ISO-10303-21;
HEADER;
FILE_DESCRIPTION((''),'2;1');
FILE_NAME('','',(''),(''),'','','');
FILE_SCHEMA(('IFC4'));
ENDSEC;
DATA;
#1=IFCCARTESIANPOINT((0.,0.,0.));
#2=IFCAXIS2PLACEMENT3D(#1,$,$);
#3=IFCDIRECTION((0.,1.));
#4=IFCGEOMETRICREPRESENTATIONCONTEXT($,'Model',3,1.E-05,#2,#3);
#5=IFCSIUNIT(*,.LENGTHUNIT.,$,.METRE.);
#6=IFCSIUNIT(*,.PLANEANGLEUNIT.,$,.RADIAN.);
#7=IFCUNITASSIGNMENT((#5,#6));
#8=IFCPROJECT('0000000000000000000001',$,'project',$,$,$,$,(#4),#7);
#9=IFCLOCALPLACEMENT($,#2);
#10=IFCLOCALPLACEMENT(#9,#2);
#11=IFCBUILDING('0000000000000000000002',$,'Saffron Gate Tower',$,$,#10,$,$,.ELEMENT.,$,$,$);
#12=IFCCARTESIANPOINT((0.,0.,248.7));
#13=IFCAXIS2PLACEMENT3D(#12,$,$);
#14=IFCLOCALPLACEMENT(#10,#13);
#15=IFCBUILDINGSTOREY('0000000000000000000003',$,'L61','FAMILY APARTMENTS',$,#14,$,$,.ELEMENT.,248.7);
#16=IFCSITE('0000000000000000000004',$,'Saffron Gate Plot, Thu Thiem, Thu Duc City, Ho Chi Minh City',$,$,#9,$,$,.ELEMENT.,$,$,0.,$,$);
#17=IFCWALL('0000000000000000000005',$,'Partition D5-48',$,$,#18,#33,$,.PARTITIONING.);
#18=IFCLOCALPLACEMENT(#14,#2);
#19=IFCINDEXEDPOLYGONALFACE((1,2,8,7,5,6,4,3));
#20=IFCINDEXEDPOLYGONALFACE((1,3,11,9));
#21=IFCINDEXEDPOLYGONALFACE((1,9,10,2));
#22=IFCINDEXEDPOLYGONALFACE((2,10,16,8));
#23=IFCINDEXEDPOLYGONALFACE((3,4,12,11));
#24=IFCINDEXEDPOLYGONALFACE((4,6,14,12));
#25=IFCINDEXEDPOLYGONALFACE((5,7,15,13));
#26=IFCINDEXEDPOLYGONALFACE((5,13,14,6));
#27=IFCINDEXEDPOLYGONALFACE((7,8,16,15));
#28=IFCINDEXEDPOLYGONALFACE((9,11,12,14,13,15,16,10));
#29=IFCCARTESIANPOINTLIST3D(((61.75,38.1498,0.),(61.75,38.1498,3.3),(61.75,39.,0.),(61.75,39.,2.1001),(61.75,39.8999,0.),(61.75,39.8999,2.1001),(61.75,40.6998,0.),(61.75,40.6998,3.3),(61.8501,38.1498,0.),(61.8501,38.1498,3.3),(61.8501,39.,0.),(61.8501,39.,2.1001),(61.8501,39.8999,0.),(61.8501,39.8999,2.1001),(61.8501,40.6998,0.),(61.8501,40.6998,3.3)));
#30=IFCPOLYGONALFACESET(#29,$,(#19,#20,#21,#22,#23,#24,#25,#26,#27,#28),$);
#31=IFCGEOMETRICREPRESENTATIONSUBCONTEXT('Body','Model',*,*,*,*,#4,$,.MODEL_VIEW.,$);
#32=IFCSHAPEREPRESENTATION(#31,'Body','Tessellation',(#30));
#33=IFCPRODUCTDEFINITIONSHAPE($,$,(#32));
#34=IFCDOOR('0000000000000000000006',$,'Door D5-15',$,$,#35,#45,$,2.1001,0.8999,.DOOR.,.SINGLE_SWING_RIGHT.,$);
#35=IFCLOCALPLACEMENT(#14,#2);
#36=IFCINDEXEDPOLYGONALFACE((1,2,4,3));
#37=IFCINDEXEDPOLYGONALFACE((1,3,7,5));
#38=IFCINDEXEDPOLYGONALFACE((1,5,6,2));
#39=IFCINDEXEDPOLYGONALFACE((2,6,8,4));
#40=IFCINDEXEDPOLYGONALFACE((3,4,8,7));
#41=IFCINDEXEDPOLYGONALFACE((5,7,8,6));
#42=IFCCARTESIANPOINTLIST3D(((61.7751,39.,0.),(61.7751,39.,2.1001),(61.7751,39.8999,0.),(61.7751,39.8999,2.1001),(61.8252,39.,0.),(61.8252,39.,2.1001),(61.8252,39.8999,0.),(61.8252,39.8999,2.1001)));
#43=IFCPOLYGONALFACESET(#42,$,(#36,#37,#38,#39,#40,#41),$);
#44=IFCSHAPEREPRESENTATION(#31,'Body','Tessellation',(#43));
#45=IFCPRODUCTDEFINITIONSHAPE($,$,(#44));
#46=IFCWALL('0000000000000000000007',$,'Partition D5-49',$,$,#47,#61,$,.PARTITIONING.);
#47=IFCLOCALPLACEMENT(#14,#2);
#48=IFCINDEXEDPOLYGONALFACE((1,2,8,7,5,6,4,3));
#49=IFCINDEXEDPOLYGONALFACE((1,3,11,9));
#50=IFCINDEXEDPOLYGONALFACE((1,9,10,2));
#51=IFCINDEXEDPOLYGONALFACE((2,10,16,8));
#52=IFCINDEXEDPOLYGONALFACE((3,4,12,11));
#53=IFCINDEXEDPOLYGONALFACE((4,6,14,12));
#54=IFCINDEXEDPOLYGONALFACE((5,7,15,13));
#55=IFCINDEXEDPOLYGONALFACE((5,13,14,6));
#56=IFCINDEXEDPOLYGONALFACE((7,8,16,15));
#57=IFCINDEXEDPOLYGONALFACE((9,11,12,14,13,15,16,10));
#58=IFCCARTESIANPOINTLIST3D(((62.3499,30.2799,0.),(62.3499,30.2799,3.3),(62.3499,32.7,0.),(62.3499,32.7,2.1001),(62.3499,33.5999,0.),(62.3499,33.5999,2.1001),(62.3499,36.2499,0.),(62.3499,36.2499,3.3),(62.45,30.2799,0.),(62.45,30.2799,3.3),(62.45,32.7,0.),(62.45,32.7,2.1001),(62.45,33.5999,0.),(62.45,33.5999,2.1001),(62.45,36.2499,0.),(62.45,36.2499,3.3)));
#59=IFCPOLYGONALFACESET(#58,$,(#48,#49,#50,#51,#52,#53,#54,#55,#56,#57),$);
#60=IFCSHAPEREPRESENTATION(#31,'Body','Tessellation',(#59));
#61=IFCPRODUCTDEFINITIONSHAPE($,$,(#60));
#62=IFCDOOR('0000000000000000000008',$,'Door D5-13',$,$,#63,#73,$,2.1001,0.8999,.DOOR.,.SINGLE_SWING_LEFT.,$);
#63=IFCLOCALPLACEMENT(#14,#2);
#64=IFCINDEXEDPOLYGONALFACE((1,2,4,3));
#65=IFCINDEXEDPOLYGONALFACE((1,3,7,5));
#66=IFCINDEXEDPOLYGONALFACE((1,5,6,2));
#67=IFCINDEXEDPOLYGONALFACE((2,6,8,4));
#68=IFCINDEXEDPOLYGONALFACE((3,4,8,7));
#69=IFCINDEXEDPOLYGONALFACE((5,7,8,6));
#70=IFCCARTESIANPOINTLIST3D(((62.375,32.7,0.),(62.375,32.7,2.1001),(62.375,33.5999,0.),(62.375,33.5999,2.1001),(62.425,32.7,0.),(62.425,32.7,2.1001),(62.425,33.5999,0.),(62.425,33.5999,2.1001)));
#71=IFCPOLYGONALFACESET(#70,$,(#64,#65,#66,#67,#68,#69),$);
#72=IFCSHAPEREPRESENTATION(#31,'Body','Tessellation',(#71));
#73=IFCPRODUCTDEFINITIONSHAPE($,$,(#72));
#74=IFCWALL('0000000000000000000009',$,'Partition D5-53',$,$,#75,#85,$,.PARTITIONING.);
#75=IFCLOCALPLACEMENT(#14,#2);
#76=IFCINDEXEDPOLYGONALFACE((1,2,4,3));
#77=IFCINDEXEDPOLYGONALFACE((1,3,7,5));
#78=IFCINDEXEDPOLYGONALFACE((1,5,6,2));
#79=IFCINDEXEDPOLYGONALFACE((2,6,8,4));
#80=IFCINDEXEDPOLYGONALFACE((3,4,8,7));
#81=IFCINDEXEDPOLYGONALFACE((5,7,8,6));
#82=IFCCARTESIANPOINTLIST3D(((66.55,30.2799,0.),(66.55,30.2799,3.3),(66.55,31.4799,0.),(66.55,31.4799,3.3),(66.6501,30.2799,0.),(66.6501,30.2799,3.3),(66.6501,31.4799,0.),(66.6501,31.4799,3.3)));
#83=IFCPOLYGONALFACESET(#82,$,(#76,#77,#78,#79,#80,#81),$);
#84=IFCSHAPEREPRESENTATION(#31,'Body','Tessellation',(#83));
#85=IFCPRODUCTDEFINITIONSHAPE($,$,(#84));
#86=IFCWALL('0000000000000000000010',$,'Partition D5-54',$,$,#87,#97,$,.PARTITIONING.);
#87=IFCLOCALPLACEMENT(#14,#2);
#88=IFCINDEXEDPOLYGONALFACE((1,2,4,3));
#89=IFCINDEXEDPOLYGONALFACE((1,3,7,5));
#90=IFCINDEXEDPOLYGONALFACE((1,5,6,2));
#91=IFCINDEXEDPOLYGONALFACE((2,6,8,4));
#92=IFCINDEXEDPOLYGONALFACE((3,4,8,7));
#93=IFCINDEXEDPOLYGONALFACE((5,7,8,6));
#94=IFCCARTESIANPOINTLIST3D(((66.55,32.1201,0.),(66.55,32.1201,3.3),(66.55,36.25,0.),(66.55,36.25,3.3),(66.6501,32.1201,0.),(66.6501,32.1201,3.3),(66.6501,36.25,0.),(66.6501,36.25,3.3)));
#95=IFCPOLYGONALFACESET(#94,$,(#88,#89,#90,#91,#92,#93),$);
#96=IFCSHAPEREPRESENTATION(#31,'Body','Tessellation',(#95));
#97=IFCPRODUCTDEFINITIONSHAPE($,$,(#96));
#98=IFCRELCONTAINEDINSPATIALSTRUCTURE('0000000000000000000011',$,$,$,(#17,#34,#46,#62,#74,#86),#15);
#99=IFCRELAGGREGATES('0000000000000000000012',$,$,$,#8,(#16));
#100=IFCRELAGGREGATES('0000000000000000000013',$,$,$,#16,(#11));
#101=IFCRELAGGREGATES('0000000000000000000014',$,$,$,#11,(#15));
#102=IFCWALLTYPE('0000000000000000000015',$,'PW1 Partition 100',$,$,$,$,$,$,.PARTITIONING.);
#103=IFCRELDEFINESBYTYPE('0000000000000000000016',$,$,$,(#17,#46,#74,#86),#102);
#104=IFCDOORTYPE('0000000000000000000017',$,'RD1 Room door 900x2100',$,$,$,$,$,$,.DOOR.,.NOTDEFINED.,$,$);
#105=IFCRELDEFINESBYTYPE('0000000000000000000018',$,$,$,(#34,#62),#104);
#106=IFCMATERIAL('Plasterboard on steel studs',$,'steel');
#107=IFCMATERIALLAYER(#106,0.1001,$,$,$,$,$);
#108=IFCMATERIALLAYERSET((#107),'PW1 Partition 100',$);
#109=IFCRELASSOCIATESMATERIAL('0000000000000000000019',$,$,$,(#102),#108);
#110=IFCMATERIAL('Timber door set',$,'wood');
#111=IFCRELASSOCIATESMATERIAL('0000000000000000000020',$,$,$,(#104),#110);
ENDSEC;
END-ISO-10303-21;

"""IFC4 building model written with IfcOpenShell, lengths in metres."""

from ifc_helpers import new_model, si_unit, direction, frame, frame_2d, origin, place, context, subcontext, project, spatial, rectangle, extrude, material, layer, layer_set, type_object, element, fill, save


model = new_model("IFC4")

# Units and contexts
model_context = context("Model", 3, precision=1e-05, world=origin(), true_north=direction((0.0, 1.0)))
body_context = subcontext(model_context, "Body", "Model", "MODEL_VIEW")
ifc_project = project(units=[si_unit("LENGTHUNIT", "METRE"), si_unit("PLANEANGLEUNIT", "RADIAN")], contexts=[model_context])

# Site, building, storey
site_placement = place(None, origin())
site = spatial("IfcSite", under=ifc_project, at=site_placement, Name="Saffron Gate Plot, Thu Thiem, Thu Duc City, Ho Chi Minh City", CompositionType="ELEMENT", RefElevation=0.0)
building_placement = place(site_placement, origin())
building = spatial("IfcBuilding", under=site, at=building_placement, Name="Saffron Gate Tower", CompositionType="ELEMENT")
storey_placement = place(building_placement, frame((0.0, 0.0, 248.7)))
storey = spatial("IfcBuildingStorey", under=building, at=storey_placement, Name="L61", Description="FAMILY APARTMENTS", CompositionType="ELEMENT", Elevation=248.7)

# Shared definitions
ifc_material_1 = material(Name="Plasterboard on steel studs", Category="steel")
ifc_layer = layer(ifc_material_1, 0.1001)
ifc_layer_set = layer_set([ifc_layer], Name="PW1 Partition 100")
wall_type = type_object("IfcWallType", Name="PW1 Partition 100", PredefinedType="PARTITIONING", material=ifc_layer_set)
ifc_material_2 = material(Name="Timber door set", Category="wood")
door_type_1 = type_object("IfcDoorType", Name="RD1 Room door 900x2100", OperationType="NOTDEFINED", PredefinedType="DOOR", material=ifc_material_2)

# Walls, openings, doors
wall_1_placement = place(storey_placement, frame((61.8, 38.1499, 0.0), z_axis=(0.0, 0.0, 1.0), x_axis=(0.0, 1.0, 0.0)))
wall_1 = element("IfcWall", 1, at=wall_1_placement, inside=storey, type_object=wall_type, Name="Partition D5-48", PredefinedType="PARTITIONING", context=body_context, shape_type="SweptSolid", body=[
    extrude(rectangle(XDim=2.55, YDim=0.1001, at=frame_2d((1.2749, 0.0))), origin(), (0.0, 0.0, 1.0), 3.3),
])
opening_1_placement = place(wall_1_placement, frame((0.8501, 0.0, 0.0)))
opening_1 = element("IfcOpeningElement", 2, at=opening_1_placement, cuts=wall_1, PredefinedType="OPENING", context=body_context, shape_type="SweptSolid", body=[
    extrude(rectangle(XDim=0.8999, YDim=2.1001, at=frame_2d((0.45, 1.05))), frame((0.0, 0.0601, 0.0), z_axis=(0.0, -1.0, 0.0), x_axis=(1.0, 0.0, 0.0)), (0.0, 0.0, 1.0), 0.1201),
])
door_1_placement = place(opening_1_placement, origin())
door_1 = element("IfcDoor", 3, at=door_1_placement, inside=storey, type_object=door_type_1, Name="Door D5-15", OperationType="SINGLE_SWING_RIGHT", OverallHeight=2.1001, OverallWidth=0.8999, PredefinedType="DOOR", context=body_context, shape_type="SweptSolid", body=[
    extrude(rectangle(XDim=0.8999, YDim=2.1001, at=frame_2d((0.45, 1.05))), frame((0.0, 0.0249, 0.0), z_axis=(0.0, -1.0, 0.0), x_axis=(1.0, 0.0, 0.0)), (0.0, 0.0, 1.0), 0.05),
])
fill(opening_1, door_1)
wall_2_placement = place(storey_placement, frame((62.3999, 30.28, 0.0), z_axis=(0.0, 0.0, 1.0), x_axis=(0.0, 1.0, 0.0)))
wall_2 = element("IfcWall", 4, at=wall_2_placement, inside=storey, type_object=wall_type, Name="Partition D5-49", PredefinedType="PARTITIONING", context=body_context, shape_type="SweptSolid", body=[
    extrude(rectangle(XDim=5.97, YDim=0.1001, at=frame_2d((2.9849, 0.0))), origin(), (0.0, 0.0, 1.0), 3.3),
])
opening_2_placement = place(wall_2_placement, frame((2.4199, 0.0, 0.0)))
opening_2 = element("IfcOpeningElement", 5, at=opening_2_placement, cuts=wall_2, PredefinedType="OPENING", context=body_context, shape_type="SweptSolid", body=[
    extrude(rectangle(XDim=0.8999, YDim=2.1001, at=frame_2d((0.45, 1.05))), frame((0.0, 0.0601, 0.0), z_axis=(0.0, -1.0, 0.0), x_axis=(1.0, 0.0, 0.0)), (0.0, 0.0, 1.0), 0.1201),
])
door_2_placement = place(opening_2_placement, origin())
door_2 = element("IfcDoor", 6, at=door_2_placement, inside=storey, type_object=door_type_1, Name="Door D5-13", OperationType="SINGLE_SWING_LEFT", OverallHeight=2.1001, OverallWidth=0.8999, PredefinedType="DOOR", context=body_context, shape_type="SweptSolid", body=[
    extrude(rectangle(XDim=0.8999, YDim=2.1001, at=frame_2d((0.45, 1.05))), frame((0.0, 0.0249, 0.0), z_axis=(0.0, -1.0, 0.0), x_axis=(1.0, 0.0, 0.0)), (0.0, 0.0, 1.0), 0.05),
])
fill(opening_2, door_2)

# Walls
wall_3_placement = place(storey_placement, frame((66.6001, 31.48, 0.0), z_axis=(0.0, 0.0, 1.0), x_axis=(0.0, -1.0, 0.0)))
element("IfcWall", 7, at=wall_3_placement, inside=storey, type_object=wall_type, Name="Partition D5-53", PredefinedType="PARTITIONING", context=body_context, shape_type="SweptSolid", body=[
    extrude(rectangle(XDim=1.2, YDim=0.1001, at=frame_2d((0.6001, 0.0))), origin(), (0.0, 0.0, 1.0), 3.3),
])
wall_4_placement = place(storey_placement, frame((66.6001, 36.25, 0.0), z_axis=(0.0, 0.0, 1.0), x_axis=(0.0, -1.0, 0.0)))
element("IfcWall", 8, at=wall_4_placement, inside=storey, type_object=wall_type, Name="Partition D5-54", PredefinedType="PARTITIONING", context=body_context, shape_type="SweptSolid", body=[
    extrude(rectangle(XDim=4.1299, YDim=0.1001, at=frame_2d((2.0649, 0.0))), origin(), (0.0, 0.0, 1.0), 3.3),
])

save(model, "model.ifc")
